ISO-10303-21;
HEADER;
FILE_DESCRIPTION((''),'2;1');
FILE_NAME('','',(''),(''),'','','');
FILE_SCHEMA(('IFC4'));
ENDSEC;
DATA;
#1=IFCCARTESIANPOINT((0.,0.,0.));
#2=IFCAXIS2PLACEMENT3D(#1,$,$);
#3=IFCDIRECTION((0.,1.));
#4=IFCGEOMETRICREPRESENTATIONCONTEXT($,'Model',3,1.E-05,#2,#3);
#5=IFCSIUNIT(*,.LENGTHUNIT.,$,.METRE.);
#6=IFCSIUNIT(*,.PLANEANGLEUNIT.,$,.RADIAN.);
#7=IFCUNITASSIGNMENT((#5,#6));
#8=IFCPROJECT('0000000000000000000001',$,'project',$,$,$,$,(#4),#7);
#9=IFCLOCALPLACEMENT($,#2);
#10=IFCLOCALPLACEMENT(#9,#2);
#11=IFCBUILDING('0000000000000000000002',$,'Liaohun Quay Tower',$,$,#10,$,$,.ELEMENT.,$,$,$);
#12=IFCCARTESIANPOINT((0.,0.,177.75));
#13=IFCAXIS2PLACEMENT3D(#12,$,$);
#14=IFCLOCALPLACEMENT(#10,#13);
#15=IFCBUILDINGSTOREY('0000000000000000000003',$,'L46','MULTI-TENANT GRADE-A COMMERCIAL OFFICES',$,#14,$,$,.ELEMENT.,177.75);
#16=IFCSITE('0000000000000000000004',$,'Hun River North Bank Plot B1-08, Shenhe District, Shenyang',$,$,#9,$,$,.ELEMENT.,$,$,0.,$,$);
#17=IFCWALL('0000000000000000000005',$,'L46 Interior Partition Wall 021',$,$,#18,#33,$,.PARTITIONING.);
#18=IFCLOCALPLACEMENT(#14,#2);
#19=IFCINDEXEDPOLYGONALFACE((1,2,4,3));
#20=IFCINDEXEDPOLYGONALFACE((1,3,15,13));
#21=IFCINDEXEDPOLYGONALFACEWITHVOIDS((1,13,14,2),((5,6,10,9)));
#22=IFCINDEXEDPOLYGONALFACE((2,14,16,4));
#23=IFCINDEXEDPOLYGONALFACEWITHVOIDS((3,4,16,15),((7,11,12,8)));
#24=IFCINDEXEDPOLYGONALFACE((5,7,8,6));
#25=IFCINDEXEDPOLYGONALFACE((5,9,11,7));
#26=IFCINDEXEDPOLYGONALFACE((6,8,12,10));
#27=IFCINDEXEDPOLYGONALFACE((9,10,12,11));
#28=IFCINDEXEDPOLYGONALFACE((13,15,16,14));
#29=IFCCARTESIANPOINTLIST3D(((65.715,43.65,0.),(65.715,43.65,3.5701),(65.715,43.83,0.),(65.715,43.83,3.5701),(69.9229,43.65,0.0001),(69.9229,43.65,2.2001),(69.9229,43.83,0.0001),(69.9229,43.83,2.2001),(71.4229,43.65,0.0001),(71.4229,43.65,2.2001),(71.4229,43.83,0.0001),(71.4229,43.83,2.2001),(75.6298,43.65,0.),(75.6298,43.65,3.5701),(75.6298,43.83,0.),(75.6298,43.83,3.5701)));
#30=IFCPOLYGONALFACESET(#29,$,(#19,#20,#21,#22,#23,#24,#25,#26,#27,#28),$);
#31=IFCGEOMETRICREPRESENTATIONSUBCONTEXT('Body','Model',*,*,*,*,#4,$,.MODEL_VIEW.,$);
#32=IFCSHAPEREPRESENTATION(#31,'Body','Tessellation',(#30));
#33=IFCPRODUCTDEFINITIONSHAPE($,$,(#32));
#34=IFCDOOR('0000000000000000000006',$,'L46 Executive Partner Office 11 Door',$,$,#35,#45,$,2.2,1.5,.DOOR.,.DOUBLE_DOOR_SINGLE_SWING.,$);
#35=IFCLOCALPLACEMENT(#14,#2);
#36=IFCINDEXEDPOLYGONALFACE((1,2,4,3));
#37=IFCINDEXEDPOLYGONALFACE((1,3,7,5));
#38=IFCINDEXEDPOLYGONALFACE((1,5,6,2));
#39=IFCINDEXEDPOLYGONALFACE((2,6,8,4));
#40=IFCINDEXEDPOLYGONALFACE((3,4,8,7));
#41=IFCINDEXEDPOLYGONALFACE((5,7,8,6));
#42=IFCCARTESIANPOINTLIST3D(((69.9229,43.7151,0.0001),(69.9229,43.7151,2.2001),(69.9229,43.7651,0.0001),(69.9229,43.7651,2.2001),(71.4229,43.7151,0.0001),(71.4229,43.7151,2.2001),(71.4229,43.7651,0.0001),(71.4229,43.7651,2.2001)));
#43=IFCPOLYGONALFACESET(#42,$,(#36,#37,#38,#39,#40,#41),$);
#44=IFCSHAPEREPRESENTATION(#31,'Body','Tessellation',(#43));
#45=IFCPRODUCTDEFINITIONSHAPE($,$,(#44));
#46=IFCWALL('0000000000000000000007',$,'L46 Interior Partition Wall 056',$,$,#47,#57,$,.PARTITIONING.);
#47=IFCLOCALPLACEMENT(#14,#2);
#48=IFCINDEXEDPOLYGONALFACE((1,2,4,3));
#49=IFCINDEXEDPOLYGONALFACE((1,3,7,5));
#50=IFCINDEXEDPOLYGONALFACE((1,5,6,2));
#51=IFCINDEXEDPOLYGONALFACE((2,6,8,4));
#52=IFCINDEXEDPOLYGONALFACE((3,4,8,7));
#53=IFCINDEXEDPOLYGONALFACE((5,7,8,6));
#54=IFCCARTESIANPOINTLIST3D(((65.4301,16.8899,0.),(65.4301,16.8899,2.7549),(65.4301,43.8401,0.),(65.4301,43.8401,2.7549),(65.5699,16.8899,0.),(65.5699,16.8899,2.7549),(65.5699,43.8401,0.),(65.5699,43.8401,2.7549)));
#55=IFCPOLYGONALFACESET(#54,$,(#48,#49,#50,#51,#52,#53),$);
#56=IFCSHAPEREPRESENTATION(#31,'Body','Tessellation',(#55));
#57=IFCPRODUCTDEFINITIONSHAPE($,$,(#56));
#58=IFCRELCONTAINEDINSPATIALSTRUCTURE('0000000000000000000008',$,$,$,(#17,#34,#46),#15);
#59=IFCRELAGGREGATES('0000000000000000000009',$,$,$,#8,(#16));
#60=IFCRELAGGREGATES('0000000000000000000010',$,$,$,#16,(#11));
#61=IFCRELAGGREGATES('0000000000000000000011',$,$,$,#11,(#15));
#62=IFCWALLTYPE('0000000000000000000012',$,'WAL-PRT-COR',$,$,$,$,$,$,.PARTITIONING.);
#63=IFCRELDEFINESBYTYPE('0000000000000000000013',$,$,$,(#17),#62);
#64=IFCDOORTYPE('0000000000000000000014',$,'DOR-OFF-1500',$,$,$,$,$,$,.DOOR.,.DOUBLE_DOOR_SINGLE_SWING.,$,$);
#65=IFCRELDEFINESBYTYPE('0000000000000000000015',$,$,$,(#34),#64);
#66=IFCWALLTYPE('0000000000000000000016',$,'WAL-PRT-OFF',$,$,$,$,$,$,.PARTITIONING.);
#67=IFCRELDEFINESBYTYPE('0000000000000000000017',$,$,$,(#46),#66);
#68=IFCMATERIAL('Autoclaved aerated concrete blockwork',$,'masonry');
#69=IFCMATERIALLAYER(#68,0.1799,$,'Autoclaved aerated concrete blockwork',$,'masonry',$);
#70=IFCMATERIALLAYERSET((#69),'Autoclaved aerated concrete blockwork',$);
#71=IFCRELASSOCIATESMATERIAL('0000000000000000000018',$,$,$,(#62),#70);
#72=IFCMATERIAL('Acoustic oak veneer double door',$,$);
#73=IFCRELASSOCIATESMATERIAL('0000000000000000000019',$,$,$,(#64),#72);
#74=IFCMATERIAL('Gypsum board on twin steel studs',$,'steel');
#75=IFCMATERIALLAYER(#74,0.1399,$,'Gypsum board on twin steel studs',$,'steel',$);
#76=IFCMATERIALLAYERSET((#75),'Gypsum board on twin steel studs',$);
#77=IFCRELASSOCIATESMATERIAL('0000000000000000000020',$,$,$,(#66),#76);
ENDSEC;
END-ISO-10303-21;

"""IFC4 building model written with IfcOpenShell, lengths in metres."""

from ifc_helpers import new_model, si_unit, direction, frame, frame_2d, origin, place, context, subcontext, project, spatial, rectangle, extrude, source, transform, mapped, material, layer, layer_set, type_object, element, fill, save


model = new_model("IFC4")

# Units and contexts
model_context = context("Model", 3, precision=1e-05, world=origin(), true_north=direction((0.0, 1.0)))
body_context = subcontext(model_context, "Body", "Model", "MODEL_VIEW")
ifc_project = project(units=[si_unit("LENGTHUNIT", "METRE"), si_unit("PLANEANGLEUNIT", "RADIAN")], contexts=[model_context])

# Site, building, storey
site_placement = place(None, origin())
site = spatial("IfcSite", under=ifc_project, at=site_placement, Name="Hun River North Bank Plot B1-08, Shenhe District, Shenyang", CompositionType="ELEMENT", RefElevation=0.0)
building_placement = place(site_placement, origin())
building = spatial("IfcBuilding", under=site, at=building_placement, Name="Liaohun Quay Tower", CompositionType="ELEMENT")
storey_placement = place(building_placement, frame((0.0, 0.0, 177.75)))
storey = spatial("IfcBuildingStorey", under=building, at=storey_placement, Name="L46", Description="MULTI-TENANT GRADE-A COMMERCIAL OFFICES", CompositionType="ELEMENT", Elevation=177.75)

# Wall, opening, door
ifc_material_1 = material(Name="Autoclaved aerated concrete blockwork", Category="masonry")
ifc_layer_1 = layer(ifc_material_1, 0.1799, Name="Autoclaved aerated concrete blockwork", Category="masonry")
ifc_layer_set_1 = layer_set([ifc_layer_1], Name="Autoclaved aerated concrete blockwork")
wall_type_1 = type_object("IfcWallType", Name="WAL-PRT-COR", PredefinedType="PARTITIONING", material=ifc_layer_set_1)
wall_1_placement = place(storey_placement, frame((75.6299, 43.74, 0.0), z_axis=(0.0, 0.0, 1.0), x_axis=(-1.0, 0.0, 0.0)))
wall_1 = element("IfcWall", 1, at=wall_1_placement, inside=storey, type_object=wall_type_1, Name="L46 Interior Partition Wall 021", PredefinedType="PARTITIONING", context=body_context, shape_type="SweptSolid", body=[
    extrude(rectangle(XDim=9.9148, YDim=0.1799, at=frame_2d((4.9575, 0.0))), origin(), (0.0, 0.0, 1.0), 3.5701),
])
shared_shape_1 = source(origin(), body_context, "Body", "SweptSolid", [
    extrude(rectangle(XDim=1.5, YDim=2.2, at=frame_2d((0.75, 1.1001))), frame((0.0, 0.0999, 0.0), z_axis=(0.0, -1.0, 0.0), x_axis=(1.0, 0.0, 0.0)), (0.0, 0.0, 1.0), 0.2),
])
opening_1_placement = place(wall_1_placement, frame((4.207, 0.0, 0.0)))
opening_1 = element("IfcOpeningElement", 2, at=opening_1_placement, cuts=wall_1, PredefinedType="OPENING", context=body_context, shape_type="MappedRepresentation", body=[
    mapped(shared_shape_1, transform((0.0, 0.0, 0.0), x_axis=(1.0, 0.0, 0.0), y_axis=(0.0, 1.0, 0.0), z_axis=(0.0, 0.0, 1.0), scale=1.0)),
])
ifc_material_2 = material(Name="Acoustic oak veneer double door")
door_type_1 = type_object("IfcDoorType", Name="DOR-OFF-1500", OperationType="DOUBLE_DOOR_SINGLE_SWING", PredefinedType="DOOR", material=ifc_material_2)
shared_shape_2 = source(origin(), body_context, "Body", "SweptSolid", [
    extrude(rectangle(XDim=1.5, YDim=2.2, at=frame_2d((0.75, 1.1001))), frame((0.0, 0.0249, 0.0), z_axis=(0.0, -1.0, 0.0), x_axis=(1.0, 0.0, 0.0)), (0.0, 0.0, 1.0), 0.05),
])
door_1_placement = place(opening_1_placement, origin())
door_1 = element("IfcDoor", 3, at=door_1_placement, inside=storey, type_object=door_type_1, Name="L46 Executive Partner Office 11 Door", OperationType="DOUBLE_DOOR_SINGLE_SWING", OverallHeight=2.2, OverallWidth=1.5, PredefinedType="DOOR", context=body_context, shape_type="MappedRepresentation", body=[
    mapped(shared_shape_2, transform((0.0, 0.0, 0.0), x_axis=(1.0, 0.0, 0.0), y_axis=(0.0, 1.0, 0.0), z_axis=(0.0, 0.0, 1.0), scale=1.0)),
])
fill(opening_1, door_1)

# Wall
ifc_material_3 = material(Name="Gypsum board on twin steel studs", Category="steel")
ifc_layer_2 = layer(ifc_material_3, 0.1399, Name="Gypsum board on twin steel studs", Category="steel")
ifc_layer_set_2 = layer_set([ifc_layer_2], Name="Gypsum board on twin steel studs")
wall_type_2 = type_object("IfcWallType", Name="WAL-PRT-OFF", PredefinedType="PARTITIONING", material=ifc_layer_set_2)
wall_2_placement = place(storey_placement, frame((65.5, 43.8401, 0.0), z_axis=(0.0, 0.0, 1.0), x_axis=(0.0, -1.0, 0.0)))
element("IfcWall", 4, at=wall_2_placement, inside=storey, type_object=wall_type_2, Name="L46 Interior Partition Wall 056", PredefinedType="PARTITIONING", context=body_context, shape_type="SweptSolid", body=[
    extrude(rectangle(XDim=26.9502, YDim=0.1399, at=frame_2d((13.4751, 0.0))), origin(), (0.0, 0.0, 1.0), 2.7549),
])

save(model, "model.ifc")
